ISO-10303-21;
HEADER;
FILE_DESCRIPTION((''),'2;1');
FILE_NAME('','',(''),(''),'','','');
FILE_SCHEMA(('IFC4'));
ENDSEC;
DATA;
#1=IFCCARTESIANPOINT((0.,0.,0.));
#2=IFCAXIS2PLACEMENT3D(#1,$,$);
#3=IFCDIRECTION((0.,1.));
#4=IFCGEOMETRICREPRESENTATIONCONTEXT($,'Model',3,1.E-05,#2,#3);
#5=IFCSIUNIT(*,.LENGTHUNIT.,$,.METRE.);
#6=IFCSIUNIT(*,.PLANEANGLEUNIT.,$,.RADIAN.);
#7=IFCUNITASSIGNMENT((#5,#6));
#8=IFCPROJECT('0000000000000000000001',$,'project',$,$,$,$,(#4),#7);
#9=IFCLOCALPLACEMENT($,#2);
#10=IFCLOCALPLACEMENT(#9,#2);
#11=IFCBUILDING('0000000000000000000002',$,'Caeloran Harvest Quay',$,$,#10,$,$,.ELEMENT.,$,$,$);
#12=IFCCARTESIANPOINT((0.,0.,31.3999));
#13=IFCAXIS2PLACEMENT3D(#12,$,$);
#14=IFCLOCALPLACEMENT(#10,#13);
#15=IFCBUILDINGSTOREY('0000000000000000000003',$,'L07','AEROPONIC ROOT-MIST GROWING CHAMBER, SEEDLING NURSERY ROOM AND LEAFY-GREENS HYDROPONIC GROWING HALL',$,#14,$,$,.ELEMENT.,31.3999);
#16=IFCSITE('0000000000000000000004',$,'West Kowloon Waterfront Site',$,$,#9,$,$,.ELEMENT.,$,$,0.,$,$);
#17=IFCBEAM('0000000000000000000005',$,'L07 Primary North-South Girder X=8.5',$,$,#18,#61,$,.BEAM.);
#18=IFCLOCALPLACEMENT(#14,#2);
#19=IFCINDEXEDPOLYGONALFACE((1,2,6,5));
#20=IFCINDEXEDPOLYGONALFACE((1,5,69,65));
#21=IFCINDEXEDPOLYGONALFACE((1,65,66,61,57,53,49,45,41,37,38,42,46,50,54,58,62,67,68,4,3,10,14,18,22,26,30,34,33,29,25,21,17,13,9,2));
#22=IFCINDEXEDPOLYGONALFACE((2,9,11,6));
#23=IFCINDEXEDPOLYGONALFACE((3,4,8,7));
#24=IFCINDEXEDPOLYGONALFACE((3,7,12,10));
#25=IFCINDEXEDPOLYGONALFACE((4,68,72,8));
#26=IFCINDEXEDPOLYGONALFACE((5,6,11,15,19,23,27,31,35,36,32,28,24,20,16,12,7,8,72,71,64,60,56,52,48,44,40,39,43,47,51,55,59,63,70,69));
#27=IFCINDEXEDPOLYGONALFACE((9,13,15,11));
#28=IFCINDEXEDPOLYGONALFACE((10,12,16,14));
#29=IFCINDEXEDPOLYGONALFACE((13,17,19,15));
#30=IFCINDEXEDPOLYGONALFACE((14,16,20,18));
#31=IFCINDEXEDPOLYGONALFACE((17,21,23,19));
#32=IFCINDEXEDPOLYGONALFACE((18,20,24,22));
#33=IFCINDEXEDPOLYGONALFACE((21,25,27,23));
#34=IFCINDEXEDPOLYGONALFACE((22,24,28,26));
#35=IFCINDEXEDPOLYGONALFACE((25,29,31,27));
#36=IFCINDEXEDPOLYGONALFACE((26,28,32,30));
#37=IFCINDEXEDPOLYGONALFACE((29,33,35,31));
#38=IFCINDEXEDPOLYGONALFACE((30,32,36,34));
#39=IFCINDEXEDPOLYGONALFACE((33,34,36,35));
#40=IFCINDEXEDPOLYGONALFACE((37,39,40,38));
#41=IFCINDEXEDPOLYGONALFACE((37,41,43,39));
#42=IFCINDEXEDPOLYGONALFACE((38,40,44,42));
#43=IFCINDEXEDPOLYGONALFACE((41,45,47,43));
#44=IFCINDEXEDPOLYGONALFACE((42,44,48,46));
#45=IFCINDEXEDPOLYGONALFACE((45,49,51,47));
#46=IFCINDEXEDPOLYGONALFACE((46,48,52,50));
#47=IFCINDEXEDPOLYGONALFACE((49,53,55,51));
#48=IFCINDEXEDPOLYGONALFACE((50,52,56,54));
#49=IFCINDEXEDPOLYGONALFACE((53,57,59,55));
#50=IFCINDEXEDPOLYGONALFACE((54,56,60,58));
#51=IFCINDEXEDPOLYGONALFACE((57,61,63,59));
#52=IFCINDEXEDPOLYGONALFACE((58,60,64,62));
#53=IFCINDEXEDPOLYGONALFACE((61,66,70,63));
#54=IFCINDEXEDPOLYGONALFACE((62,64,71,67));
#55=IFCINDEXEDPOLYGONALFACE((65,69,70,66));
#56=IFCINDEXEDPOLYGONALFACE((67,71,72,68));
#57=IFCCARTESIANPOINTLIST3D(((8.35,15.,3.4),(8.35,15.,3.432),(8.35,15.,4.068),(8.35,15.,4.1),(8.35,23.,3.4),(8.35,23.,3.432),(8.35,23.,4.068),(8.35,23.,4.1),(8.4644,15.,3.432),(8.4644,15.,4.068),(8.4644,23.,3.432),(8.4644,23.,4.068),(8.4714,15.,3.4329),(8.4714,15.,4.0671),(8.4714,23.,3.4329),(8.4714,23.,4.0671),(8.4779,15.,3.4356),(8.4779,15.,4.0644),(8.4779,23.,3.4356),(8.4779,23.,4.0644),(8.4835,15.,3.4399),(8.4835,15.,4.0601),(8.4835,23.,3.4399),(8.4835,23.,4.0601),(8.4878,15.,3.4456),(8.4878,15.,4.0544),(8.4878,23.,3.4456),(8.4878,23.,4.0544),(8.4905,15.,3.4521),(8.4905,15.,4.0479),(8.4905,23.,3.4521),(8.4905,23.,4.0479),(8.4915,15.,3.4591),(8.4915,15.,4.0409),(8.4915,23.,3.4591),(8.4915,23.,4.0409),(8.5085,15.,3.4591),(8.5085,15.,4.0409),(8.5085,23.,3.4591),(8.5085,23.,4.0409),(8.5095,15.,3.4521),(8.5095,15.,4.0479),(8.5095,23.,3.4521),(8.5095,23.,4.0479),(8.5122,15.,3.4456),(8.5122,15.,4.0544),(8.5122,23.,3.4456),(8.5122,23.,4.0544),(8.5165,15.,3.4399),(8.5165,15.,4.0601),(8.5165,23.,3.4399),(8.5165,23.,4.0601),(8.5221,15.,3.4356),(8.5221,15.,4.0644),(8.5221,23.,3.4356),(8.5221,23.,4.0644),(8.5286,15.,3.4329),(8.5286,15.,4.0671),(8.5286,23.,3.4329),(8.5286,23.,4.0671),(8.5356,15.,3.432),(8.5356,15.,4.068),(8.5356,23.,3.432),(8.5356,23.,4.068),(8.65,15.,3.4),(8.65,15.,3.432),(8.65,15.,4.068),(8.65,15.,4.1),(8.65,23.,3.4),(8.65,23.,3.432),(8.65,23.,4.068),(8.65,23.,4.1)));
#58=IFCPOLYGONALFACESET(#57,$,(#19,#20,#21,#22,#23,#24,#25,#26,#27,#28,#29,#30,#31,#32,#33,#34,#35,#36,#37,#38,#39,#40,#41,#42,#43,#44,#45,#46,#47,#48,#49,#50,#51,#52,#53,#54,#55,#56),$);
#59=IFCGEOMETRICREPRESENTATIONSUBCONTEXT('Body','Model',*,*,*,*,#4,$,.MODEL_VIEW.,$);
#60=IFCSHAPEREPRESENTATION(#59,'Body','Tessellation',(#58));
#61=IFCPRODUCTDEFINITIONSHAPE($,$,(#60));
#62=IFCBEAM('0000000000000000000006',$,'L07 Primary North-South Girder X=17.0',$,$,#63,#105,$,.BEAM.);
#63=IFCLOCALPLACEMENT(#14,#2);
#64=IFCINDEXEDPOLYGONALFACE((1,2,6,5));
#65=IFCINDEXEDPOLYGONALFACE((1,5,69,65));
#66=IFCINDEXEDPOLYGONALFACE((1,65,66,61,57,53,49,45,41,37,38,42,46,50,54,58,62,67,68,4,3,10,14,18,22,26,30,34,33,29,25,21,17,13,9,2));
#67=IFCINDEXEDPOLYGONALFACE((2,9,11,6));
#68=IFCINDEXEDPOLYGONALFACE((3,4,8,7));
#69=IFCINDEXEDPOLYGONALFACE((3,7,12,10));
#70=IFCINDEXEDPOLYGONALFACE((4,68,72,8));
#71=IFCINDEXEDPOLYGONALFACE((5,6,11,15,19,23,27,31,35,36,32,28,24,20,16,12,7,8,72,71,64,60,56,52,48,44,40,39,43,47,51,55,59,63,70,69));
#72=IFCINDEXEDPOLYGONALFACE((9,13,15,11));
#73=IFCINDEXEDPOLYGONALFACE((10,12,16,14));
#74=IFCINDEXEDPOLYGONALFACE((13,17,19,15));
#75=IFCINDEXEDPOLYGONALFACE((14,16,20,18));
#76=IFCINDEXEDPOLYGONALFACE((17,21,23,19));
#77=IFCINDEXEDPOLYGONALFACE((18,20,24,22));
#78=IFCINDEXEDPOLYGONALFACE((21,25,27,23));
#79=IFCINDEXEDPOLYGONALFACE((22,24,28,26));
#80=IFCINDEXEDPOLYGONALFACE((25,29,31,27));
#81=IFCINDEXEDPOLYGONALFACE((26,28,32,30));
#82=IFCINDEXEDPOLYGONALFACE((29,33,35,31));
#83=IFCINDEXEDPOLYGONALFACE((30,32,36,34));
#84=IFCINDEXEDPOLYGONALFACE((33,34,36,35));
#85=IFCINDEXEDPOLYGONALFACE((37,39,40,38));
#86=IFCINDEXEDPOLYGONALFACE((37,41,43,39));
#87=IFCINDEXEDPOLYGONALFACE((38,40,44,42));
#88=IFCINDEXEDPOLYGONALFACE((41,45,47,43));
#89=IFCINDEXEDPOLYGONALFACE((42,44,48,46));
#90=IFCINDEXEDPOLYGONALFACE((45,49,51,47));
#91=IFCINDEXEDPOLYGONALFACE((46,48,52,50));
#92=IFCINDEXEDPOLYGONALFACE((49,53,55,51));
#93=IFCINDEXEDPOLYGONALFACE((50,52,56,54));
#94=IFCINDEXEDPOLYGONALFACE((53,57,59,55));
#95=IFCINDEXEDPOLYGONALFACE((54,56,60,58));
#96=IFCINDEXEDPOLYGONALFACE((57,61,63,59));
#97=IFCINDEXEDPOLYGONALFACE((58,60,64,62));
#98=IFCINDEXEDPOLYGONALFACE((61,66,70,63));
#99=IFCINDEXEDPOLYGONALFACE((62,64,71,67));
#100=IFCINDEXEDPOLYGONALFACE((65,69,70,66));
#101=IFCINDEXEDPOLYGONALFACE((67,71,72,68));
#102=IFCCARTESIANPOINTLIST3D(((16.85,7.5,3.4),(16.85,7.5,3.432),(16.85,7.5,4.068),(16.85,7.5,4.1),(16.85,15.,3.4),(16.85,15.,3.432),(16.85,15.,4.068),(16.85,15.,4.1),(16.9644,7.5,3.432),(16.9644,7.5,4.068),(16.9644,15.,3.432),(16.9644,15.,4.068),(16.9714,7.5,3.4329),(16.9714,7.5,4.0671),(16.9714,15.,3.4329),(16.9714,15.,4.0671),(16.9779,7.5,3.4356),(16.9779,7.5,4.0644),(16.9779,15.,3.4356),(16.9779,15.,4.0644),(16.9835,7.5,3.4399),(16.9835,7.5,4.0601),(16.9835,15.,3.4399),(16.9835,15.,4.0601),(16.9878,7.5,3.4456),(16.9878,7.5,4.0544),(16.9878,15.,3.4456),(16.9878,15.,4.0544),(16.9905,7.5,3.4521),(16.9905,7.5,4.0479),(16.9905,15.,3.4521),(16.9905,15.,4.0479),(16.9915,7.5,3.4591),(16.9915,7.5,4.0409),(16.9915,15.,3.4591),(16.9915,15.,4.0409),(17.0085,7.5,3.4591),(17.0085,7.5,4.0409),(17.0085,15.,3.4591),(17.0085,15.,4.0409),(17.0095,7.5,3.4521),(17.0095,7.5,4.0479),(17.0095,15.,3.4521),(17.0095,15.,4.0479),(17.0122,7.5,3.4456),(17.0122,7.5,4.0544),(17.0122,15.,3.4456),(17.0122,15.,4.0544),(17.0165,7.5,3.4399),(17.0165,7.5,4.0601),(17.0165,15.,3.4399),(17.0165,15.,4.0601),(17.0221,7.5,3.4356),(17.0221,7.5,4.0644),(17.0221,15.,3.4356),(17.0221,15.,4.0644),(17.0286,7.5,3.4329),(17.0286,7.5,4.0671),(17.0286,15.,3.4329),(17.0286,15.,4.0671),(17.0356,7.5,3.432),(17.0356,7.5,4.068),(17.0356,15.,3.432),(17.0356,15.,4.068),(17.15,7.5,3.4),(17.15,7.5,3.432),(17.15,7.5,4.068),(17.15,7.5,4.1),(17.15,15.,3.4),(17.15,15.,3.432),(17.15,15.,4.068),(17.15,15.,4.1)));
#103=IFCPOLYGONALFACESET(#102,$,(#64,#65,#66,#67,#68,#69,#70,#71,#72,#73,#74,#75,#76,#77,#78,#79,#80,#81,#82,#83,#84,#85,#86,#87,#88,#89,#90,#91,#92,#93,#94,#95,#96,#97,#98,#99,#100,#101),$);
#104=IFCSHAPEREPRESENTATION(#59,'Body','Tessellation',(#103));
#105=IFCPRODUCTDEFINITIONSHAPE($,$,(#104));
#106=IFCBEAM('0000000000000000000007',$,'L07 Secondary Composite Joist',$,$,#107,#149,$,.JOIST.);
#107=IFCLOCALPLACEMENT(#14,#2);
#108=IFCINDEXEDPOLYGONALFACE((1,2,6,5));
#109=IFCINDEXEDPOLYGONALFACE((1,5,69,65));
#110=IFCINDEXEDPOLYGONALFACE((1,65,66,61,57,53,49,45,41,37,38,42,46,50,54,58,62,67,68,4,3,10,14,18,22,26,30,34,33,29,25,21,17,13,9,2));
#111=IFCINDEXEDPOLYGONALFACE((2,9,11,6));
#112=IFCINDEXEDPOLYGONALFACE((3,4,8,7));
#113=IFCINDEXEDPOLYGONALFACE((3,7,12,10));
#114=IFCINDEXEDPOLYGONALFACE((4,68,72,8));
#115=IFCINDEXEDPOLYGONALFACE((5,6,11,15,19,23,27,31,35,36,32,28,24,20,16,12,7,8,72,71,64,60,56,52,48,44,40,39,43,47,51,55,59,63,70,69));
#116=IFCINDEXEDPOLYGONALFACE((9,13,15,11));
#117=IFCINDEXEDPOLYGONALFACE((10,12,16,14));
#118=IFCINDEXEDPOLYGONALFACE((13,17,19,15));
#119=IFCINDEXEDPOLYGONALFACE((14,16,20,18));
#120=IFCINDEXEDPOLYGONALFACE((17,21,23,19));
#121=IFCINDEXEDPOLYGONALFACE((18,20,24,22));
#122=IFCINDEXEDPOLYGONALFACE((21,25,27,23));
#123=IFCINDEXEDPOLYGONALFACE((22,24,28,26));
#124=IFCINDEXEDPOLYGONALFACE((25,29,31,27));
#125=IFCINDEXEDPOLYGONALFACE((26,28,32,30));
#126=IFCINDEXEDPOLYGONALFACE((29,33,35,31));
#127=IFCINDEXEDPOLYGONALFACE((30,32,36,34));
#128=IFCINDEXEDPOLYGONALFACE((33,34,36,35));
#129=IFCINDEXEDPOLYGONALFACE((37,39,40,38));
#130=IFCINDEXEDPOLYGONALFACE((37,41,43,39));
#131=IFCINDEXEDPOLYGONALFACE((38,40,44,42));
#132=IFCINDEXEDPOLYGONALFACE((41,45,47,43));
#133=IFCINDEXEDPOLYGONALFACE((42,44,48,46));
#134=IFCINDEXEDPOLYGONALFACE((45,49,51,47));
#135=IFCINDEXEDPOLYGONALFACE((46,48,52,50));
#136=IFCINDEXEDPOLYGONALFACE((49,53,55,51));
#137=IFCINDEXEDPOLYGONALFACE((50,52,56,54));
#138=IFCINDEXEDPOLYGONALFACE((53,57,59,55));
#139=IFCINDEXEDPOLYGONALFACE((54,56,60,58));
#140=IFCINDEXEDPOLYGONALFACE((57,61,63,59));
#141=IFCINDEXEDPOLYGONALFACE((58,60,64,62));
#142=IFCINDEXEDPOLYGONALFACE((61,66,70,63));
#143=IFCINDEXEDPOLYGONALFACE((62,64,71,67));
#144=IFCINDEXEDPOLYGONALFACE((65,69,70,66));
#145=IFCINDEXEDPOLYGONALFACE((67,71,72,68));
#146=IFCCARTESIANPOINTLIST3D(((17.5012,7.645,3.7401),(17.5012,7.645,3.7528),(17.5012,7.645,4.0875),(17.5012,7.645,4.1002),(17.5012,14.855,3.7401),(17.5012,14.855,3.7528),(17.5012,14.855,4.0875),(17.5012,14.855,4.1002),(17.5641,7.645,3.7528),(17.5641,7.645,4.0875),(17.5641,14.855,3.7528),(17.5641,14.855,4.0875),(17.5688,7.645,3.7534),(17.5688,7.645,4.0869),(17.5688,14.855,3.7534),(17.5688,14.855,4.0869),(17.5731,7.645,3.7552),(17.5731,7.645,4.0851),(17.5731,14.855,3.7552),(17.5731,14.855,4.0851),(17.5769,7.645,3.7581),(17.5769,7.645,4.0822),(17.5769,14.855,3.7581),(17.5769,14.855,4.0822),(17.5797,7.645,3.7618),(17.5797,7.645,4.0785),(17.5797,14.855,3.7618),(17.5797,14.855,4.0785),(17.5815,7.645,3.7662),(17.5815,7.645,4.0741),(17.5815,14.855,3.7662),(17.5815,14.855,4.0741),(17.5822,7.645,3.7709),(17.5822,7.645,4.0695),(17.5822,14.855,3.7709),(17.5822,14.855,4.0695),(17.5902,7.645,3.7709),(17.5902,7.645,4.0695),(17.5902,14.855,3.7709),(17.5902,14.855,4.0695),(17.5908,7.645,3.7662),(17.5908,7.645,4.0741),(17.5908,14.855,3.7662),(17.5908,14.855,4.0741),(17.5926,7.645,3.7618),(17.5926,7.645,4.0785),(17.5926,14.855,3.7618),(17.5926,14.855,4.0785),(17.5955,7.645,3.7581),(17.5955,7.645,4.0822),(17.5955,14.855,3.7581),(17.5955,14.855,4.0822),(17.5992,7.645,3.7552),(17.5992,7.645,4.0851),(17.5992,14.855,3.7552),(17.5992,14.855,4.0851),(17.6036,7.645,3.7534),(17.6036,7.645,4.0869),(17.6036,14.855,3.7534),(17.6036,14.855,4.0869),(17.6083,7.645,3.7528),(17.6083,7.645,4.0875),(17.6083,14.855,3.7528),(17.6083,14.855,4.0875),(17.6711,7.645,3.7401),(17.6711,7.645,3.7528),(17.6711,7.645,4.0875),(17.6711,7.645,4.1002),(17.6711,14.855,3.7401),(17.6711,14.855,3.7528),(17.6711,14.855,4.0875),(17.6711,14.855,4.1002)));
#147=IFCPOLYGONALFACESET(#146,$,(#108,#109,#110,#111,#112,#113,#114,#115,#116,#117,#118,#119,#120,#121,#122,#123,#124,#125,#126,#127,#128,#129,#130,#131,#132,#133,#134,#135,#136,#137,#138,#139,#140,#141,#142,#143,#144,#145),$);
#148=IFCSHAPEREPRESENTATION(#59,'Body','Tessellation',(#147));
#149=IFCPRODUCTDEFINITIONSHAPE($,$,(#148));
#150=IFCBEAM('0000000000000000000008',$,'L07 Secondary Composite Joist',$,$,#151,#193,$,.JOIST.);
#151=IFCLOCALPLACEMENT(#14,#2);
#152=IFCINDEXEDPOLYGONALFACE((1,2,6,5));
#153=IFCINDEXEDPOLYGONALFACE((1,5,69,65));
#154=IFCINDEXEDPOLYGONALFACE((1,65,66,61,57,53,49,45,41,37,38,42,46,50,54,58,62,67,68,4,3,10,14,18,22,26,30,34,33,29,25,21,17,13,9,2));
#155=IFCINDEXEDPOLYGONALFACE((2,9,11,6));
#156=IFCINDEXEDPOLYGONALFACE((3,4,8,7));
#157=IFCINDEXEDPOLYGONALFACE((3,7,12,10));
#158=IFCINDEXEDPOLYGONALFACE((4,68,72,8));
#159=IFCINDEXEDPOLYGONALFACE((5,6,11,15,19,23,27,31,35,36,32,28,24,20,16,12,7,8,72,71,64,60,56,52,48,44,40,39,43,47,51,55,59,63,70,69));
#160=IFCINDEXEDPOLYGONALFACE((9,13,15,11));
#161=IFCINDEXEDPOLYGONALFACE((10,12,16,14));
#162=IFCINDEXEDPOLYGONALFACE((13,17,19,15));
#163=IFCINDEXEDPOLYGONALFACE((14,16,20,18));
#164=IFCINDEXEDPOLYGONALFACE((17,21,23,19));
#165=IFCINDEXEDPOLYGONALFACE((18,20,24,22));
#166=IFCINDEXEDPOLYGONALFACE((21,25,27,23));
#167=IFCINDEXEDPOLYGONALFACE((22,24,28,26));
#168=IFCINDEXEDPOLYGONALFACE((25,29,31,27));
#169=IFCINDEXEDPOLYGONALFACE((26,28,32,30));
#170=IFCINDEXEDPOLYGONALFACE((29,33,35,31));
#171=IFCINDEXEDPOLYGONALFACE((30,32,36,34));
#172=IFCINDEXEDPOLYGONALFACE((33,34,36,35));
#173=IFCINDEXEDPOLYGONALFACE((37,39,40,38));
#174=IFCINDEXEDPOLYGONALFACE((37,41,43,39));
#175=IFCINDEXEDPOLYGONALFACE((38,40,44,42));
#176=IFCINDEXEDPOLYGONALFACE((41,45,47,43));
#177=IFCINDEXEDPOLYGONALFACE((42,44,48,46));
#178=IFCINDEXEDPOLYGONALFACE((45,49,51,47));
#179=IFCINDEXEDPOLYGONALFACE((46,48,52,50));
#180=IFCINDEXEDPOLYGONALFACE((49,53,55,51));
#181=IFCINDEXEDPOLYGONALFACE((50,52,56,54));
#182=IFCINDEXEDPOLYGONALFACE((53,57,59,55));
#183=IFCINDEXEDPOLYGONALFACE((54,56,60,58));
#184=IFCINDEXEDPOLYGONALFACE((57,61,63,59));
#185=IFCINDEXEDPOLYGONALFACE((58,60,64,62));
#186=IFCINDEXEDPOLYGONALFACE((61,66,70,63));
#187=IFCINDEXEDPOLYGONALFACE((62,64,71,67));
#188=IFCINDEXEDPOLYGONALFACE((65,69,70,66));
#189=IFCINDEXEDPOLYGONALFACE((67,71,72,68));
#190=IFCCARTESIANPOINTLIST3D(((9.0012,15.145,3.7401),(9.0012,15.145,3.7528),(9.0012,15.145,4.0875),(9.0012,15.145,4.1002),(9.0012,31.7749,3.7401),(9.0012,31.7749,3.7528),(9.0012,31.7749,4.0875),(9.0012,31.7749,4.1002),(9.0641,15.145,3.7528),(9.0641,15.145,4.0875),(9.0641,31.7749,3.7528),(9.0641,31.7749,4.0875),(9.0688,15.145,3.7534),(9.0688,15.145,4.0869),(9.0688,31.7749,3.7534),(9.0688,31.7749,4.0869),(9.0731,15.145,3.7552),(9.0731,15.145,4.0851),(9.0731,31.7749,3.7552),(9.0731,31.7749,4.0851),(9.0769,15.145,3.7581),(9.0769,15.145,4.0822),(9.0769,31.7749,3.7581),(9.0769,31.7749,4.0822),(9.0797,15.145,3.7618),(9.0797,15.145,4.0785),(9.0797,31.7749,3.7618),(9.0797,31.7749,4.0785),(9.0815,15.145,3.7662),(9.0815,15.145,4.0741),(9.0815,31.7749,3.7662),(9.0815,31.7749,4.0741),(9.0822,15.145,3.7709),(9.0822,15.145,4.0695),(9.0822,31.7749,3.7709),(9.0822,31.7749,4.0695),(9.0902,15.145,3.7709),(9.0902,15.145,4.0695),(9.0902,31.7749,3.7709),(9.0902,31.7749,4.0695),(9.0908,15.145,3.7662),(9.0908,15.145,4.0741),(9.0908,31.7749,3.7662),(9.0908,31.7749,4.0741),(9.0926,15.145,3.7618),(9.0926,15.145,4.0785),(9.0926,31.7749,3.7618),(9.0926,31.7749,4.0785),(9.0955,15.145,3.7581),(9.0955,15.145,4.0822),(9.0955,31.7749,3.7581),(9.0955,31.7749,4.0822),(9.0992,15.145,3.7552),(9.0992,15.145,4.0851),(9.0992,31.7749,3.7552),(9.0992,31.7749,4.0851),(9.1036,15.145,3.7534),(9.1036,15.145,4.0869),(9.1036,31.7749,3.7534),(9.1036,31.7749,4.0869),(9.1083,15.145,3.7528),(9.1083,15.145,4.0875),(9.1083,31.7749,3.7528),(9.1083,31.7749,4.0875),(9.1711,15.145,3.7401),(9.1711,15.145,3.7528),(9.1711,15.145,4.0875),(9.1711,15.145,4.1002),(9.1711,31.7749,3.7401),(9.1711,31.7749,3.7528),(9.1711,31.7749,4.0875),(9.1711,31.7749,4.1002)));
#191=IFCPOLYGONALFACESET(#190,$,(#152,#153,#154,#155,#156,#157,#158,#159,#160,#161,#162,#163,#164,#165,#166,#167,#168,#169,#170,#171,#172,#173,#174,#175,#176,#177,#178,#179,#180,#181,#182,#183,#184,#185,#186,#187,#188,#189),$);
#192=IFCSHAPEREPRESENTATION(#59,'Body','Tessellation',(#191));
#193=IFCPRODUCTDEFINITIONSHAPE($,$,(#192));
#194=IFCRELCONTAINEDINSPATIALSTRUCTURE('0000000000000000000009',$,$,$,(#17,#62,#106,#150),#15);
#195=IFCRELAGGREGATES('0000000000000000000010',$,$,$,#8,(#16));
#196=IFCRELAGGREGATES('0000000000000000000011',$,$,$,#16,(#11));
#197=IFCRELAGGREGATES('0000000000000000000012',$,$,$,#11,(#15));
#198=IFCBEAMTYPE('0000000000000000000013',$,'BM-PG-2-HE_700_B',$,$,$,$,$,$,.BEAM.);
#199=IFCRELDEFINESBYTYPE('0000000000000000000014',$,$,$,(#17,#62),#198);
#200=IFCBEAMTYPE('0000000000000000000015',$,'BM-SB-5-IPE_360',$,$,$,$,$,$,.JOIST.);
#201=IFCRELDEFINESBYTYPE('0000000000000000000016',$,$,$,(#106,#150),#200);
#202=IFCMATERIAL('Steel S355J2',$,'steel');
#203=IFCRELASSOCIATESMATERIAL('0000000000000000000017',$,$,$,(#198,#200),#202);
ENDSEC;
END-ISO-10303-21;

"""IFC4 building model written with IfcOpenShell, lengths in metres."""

from ifc_helpers import new_model, si_unit, direction, frame, origin, origin_2d, place, context, subcontext, project, spatial, i_section, extrude, material, material_profile, profile_set, type_object, element, save


model = new_model("IFC4")

# Units and contexts
model_context = context("Model", 3, precision=1e-05, world=origin(), true_north=direction((0.0, 1.0)))
body_context = subcontext(model_context, "Body", "Model", "MODEL_VIEW")
ifc_project = project(units=[si_unit("LENGTHUNIT", "METRE"), si_unit("PLANEANGLEUNIT", "RADIAN")], contexts=[model_context])

# Site, building, storey
site_placement = place(None, origin())
site = spatial("IfcSite", under=ifc_project, at=site_placement, Name="West Kowloon Waterfront Site", CompositionType="ELEMENT", RefElevation=0.0)
building_placement = place(site_placement, origin())
building = spatial("IfcBuilding", under=site, at=building_placement, Name="Caeloran Harvest Quay", CompositionType="ELEMENT")
storey_placement = place(building_placement, frame((0.0, 0.0, 31.3999)))
storey = spatial("IfcBuildingStorey", under=building, at=storey_placement, Name="L07", Description="AEROPONIC ROOT-MIST GROWING CHAMBER, SEEDLING NURSERY ROOM AND LEAFY-GREENS HYDROPONIC GROWING HALL", CompositionType="ELEMENT", Elevation=31.3999)

# Beams
ifc_material_1 = material(Name="Steel S355J2", Category="steel")
ifc_material_profile_1 = material_profile(ifc_material_1, i_section(OverallWidth=0.3, OverallDepth=0.7, WebThickness=0.0171, FlangeThickness=0.032, FilletRadius=0.0271, at=origin_2d()), Name="HE 700 B")
ifc_profile_set_1 = profile_set([ifc_material_profile_1], Name="Steel S355J2")
beam_type_1 = type_object("IfcBeamType", Name="BM-PG-2-HE_700_B", PredefinedType="BEAM", material=ifc_profile_set_1)
beam_1_placement = place(storey_placement, frame((8.5, 15.0, 3.75), z_axis=(0.0, 1.0, 0.0), x_axis=(-1.0, 0.0, 0.0)))
element("IfcBeam", 1, at=beam_1_placement, inside=storey, type_object=beam_type_1, Name="L07 Primary North-South Girder X=8.5", PredefinedType="BEAM", context=body_context, shape_type="SweptSolid", body=[
    extrude(i_section(OverallWidth=0.3, OverallDepth=0.7, WebThickness=0.0171, FlangeThickness=0.032, FilletRadius=0.0271, at=origin_2d()), origin(), (0.0, 0.0, 1.0), 8.0),
])
beam_2_placement = place(storey_placement, frame((17.0, 7.5, 3.75), z_axis=(0.0, 1.0, 0.0), x_axis=(-1.0, 0.0, 0.0)))
element("IfcBeam", 2, at=beam_2_placement, inside=storey, type_object=beam_type_1, Name="L07 Primary North-South Girder X=17.0", PredefinedType="BEAM", context=body_context, shape_type="SweptSolid", body=[
    extrude(i_section(OverallWidth=0.3, OverallDepth=0.7, WebThickness=0.0171, FlangeThickness=0.032, FilletRadius=0.0271, at=origin_2d()), origin(), (0.0, 0.0, 1.0), 7.5),
])
ifc_material_profile_2 = material_profile(ifc_material_1, i_section(OverallWidth=0.1699, OverallDepth=0.3601, WebThickness=0.0081, FlangeThickness=0.0127, FilletRadius=0.0181, at=origin_2d()), Name="IPE 360")
ifc_profile_set_2 = profile_set([ifc_material_profile_2], Name="Steel S355J2")
beam_type_2 = type_object("IfcBeamType", Name="BM-SB-5-IPE_360", PredefinedType="JOIST", material=ifc_profile_set_2)
beam_3_placement = place(storey_placement, frame((17.5862, 7.645, 3.9202), z_axis=(0.0, 1.0, 0.0), x_axis=(-1.0, 0.0, 0.0)))
element("IfcBeam", 3, at=beam_3_placement, inside=storey, type_object=beam_type_2, Name="L07 Secondary Composite Joist", PredefinedType="JOIST", context=body_context, shape_type="SweptSolid", body=[
    extrude(i_section(OverallWidth=0.1699, OverallDepth=0.3601, WebThickness=0.0081, FlangeThickness=0.0127, FilletRadius=0.0181, at=origin_2d()), origin(), (0.0, 0.0, 1.0), 7.21),
])
beam_4_placement = place(storey_placement, frame((9.0862, 15.145, 3.9202), z_axis=(0.0, 1.0, 0.0), x_axis=(-1.0, 0.0, 0.0)))
element("IfcBeam", 4, at=beam_4_placement, inside=storey, type_object=beam_type_2, Name="L07 Secondary Composite Joist", PredefinedType="JOIST", context=body_context, shape_type="SweptSolid", body=[
    extrude(i_section(OverallWidth=0.1699, OverallDepth=0.3601, WebThickness=0.0081, FlangeThickness=0.0127, FilletRadius=0.0181, at=origin_2d()), origin(), (0.0, 0.0, 1.0), 16.6299),
])

save(model, "model.ifc")
